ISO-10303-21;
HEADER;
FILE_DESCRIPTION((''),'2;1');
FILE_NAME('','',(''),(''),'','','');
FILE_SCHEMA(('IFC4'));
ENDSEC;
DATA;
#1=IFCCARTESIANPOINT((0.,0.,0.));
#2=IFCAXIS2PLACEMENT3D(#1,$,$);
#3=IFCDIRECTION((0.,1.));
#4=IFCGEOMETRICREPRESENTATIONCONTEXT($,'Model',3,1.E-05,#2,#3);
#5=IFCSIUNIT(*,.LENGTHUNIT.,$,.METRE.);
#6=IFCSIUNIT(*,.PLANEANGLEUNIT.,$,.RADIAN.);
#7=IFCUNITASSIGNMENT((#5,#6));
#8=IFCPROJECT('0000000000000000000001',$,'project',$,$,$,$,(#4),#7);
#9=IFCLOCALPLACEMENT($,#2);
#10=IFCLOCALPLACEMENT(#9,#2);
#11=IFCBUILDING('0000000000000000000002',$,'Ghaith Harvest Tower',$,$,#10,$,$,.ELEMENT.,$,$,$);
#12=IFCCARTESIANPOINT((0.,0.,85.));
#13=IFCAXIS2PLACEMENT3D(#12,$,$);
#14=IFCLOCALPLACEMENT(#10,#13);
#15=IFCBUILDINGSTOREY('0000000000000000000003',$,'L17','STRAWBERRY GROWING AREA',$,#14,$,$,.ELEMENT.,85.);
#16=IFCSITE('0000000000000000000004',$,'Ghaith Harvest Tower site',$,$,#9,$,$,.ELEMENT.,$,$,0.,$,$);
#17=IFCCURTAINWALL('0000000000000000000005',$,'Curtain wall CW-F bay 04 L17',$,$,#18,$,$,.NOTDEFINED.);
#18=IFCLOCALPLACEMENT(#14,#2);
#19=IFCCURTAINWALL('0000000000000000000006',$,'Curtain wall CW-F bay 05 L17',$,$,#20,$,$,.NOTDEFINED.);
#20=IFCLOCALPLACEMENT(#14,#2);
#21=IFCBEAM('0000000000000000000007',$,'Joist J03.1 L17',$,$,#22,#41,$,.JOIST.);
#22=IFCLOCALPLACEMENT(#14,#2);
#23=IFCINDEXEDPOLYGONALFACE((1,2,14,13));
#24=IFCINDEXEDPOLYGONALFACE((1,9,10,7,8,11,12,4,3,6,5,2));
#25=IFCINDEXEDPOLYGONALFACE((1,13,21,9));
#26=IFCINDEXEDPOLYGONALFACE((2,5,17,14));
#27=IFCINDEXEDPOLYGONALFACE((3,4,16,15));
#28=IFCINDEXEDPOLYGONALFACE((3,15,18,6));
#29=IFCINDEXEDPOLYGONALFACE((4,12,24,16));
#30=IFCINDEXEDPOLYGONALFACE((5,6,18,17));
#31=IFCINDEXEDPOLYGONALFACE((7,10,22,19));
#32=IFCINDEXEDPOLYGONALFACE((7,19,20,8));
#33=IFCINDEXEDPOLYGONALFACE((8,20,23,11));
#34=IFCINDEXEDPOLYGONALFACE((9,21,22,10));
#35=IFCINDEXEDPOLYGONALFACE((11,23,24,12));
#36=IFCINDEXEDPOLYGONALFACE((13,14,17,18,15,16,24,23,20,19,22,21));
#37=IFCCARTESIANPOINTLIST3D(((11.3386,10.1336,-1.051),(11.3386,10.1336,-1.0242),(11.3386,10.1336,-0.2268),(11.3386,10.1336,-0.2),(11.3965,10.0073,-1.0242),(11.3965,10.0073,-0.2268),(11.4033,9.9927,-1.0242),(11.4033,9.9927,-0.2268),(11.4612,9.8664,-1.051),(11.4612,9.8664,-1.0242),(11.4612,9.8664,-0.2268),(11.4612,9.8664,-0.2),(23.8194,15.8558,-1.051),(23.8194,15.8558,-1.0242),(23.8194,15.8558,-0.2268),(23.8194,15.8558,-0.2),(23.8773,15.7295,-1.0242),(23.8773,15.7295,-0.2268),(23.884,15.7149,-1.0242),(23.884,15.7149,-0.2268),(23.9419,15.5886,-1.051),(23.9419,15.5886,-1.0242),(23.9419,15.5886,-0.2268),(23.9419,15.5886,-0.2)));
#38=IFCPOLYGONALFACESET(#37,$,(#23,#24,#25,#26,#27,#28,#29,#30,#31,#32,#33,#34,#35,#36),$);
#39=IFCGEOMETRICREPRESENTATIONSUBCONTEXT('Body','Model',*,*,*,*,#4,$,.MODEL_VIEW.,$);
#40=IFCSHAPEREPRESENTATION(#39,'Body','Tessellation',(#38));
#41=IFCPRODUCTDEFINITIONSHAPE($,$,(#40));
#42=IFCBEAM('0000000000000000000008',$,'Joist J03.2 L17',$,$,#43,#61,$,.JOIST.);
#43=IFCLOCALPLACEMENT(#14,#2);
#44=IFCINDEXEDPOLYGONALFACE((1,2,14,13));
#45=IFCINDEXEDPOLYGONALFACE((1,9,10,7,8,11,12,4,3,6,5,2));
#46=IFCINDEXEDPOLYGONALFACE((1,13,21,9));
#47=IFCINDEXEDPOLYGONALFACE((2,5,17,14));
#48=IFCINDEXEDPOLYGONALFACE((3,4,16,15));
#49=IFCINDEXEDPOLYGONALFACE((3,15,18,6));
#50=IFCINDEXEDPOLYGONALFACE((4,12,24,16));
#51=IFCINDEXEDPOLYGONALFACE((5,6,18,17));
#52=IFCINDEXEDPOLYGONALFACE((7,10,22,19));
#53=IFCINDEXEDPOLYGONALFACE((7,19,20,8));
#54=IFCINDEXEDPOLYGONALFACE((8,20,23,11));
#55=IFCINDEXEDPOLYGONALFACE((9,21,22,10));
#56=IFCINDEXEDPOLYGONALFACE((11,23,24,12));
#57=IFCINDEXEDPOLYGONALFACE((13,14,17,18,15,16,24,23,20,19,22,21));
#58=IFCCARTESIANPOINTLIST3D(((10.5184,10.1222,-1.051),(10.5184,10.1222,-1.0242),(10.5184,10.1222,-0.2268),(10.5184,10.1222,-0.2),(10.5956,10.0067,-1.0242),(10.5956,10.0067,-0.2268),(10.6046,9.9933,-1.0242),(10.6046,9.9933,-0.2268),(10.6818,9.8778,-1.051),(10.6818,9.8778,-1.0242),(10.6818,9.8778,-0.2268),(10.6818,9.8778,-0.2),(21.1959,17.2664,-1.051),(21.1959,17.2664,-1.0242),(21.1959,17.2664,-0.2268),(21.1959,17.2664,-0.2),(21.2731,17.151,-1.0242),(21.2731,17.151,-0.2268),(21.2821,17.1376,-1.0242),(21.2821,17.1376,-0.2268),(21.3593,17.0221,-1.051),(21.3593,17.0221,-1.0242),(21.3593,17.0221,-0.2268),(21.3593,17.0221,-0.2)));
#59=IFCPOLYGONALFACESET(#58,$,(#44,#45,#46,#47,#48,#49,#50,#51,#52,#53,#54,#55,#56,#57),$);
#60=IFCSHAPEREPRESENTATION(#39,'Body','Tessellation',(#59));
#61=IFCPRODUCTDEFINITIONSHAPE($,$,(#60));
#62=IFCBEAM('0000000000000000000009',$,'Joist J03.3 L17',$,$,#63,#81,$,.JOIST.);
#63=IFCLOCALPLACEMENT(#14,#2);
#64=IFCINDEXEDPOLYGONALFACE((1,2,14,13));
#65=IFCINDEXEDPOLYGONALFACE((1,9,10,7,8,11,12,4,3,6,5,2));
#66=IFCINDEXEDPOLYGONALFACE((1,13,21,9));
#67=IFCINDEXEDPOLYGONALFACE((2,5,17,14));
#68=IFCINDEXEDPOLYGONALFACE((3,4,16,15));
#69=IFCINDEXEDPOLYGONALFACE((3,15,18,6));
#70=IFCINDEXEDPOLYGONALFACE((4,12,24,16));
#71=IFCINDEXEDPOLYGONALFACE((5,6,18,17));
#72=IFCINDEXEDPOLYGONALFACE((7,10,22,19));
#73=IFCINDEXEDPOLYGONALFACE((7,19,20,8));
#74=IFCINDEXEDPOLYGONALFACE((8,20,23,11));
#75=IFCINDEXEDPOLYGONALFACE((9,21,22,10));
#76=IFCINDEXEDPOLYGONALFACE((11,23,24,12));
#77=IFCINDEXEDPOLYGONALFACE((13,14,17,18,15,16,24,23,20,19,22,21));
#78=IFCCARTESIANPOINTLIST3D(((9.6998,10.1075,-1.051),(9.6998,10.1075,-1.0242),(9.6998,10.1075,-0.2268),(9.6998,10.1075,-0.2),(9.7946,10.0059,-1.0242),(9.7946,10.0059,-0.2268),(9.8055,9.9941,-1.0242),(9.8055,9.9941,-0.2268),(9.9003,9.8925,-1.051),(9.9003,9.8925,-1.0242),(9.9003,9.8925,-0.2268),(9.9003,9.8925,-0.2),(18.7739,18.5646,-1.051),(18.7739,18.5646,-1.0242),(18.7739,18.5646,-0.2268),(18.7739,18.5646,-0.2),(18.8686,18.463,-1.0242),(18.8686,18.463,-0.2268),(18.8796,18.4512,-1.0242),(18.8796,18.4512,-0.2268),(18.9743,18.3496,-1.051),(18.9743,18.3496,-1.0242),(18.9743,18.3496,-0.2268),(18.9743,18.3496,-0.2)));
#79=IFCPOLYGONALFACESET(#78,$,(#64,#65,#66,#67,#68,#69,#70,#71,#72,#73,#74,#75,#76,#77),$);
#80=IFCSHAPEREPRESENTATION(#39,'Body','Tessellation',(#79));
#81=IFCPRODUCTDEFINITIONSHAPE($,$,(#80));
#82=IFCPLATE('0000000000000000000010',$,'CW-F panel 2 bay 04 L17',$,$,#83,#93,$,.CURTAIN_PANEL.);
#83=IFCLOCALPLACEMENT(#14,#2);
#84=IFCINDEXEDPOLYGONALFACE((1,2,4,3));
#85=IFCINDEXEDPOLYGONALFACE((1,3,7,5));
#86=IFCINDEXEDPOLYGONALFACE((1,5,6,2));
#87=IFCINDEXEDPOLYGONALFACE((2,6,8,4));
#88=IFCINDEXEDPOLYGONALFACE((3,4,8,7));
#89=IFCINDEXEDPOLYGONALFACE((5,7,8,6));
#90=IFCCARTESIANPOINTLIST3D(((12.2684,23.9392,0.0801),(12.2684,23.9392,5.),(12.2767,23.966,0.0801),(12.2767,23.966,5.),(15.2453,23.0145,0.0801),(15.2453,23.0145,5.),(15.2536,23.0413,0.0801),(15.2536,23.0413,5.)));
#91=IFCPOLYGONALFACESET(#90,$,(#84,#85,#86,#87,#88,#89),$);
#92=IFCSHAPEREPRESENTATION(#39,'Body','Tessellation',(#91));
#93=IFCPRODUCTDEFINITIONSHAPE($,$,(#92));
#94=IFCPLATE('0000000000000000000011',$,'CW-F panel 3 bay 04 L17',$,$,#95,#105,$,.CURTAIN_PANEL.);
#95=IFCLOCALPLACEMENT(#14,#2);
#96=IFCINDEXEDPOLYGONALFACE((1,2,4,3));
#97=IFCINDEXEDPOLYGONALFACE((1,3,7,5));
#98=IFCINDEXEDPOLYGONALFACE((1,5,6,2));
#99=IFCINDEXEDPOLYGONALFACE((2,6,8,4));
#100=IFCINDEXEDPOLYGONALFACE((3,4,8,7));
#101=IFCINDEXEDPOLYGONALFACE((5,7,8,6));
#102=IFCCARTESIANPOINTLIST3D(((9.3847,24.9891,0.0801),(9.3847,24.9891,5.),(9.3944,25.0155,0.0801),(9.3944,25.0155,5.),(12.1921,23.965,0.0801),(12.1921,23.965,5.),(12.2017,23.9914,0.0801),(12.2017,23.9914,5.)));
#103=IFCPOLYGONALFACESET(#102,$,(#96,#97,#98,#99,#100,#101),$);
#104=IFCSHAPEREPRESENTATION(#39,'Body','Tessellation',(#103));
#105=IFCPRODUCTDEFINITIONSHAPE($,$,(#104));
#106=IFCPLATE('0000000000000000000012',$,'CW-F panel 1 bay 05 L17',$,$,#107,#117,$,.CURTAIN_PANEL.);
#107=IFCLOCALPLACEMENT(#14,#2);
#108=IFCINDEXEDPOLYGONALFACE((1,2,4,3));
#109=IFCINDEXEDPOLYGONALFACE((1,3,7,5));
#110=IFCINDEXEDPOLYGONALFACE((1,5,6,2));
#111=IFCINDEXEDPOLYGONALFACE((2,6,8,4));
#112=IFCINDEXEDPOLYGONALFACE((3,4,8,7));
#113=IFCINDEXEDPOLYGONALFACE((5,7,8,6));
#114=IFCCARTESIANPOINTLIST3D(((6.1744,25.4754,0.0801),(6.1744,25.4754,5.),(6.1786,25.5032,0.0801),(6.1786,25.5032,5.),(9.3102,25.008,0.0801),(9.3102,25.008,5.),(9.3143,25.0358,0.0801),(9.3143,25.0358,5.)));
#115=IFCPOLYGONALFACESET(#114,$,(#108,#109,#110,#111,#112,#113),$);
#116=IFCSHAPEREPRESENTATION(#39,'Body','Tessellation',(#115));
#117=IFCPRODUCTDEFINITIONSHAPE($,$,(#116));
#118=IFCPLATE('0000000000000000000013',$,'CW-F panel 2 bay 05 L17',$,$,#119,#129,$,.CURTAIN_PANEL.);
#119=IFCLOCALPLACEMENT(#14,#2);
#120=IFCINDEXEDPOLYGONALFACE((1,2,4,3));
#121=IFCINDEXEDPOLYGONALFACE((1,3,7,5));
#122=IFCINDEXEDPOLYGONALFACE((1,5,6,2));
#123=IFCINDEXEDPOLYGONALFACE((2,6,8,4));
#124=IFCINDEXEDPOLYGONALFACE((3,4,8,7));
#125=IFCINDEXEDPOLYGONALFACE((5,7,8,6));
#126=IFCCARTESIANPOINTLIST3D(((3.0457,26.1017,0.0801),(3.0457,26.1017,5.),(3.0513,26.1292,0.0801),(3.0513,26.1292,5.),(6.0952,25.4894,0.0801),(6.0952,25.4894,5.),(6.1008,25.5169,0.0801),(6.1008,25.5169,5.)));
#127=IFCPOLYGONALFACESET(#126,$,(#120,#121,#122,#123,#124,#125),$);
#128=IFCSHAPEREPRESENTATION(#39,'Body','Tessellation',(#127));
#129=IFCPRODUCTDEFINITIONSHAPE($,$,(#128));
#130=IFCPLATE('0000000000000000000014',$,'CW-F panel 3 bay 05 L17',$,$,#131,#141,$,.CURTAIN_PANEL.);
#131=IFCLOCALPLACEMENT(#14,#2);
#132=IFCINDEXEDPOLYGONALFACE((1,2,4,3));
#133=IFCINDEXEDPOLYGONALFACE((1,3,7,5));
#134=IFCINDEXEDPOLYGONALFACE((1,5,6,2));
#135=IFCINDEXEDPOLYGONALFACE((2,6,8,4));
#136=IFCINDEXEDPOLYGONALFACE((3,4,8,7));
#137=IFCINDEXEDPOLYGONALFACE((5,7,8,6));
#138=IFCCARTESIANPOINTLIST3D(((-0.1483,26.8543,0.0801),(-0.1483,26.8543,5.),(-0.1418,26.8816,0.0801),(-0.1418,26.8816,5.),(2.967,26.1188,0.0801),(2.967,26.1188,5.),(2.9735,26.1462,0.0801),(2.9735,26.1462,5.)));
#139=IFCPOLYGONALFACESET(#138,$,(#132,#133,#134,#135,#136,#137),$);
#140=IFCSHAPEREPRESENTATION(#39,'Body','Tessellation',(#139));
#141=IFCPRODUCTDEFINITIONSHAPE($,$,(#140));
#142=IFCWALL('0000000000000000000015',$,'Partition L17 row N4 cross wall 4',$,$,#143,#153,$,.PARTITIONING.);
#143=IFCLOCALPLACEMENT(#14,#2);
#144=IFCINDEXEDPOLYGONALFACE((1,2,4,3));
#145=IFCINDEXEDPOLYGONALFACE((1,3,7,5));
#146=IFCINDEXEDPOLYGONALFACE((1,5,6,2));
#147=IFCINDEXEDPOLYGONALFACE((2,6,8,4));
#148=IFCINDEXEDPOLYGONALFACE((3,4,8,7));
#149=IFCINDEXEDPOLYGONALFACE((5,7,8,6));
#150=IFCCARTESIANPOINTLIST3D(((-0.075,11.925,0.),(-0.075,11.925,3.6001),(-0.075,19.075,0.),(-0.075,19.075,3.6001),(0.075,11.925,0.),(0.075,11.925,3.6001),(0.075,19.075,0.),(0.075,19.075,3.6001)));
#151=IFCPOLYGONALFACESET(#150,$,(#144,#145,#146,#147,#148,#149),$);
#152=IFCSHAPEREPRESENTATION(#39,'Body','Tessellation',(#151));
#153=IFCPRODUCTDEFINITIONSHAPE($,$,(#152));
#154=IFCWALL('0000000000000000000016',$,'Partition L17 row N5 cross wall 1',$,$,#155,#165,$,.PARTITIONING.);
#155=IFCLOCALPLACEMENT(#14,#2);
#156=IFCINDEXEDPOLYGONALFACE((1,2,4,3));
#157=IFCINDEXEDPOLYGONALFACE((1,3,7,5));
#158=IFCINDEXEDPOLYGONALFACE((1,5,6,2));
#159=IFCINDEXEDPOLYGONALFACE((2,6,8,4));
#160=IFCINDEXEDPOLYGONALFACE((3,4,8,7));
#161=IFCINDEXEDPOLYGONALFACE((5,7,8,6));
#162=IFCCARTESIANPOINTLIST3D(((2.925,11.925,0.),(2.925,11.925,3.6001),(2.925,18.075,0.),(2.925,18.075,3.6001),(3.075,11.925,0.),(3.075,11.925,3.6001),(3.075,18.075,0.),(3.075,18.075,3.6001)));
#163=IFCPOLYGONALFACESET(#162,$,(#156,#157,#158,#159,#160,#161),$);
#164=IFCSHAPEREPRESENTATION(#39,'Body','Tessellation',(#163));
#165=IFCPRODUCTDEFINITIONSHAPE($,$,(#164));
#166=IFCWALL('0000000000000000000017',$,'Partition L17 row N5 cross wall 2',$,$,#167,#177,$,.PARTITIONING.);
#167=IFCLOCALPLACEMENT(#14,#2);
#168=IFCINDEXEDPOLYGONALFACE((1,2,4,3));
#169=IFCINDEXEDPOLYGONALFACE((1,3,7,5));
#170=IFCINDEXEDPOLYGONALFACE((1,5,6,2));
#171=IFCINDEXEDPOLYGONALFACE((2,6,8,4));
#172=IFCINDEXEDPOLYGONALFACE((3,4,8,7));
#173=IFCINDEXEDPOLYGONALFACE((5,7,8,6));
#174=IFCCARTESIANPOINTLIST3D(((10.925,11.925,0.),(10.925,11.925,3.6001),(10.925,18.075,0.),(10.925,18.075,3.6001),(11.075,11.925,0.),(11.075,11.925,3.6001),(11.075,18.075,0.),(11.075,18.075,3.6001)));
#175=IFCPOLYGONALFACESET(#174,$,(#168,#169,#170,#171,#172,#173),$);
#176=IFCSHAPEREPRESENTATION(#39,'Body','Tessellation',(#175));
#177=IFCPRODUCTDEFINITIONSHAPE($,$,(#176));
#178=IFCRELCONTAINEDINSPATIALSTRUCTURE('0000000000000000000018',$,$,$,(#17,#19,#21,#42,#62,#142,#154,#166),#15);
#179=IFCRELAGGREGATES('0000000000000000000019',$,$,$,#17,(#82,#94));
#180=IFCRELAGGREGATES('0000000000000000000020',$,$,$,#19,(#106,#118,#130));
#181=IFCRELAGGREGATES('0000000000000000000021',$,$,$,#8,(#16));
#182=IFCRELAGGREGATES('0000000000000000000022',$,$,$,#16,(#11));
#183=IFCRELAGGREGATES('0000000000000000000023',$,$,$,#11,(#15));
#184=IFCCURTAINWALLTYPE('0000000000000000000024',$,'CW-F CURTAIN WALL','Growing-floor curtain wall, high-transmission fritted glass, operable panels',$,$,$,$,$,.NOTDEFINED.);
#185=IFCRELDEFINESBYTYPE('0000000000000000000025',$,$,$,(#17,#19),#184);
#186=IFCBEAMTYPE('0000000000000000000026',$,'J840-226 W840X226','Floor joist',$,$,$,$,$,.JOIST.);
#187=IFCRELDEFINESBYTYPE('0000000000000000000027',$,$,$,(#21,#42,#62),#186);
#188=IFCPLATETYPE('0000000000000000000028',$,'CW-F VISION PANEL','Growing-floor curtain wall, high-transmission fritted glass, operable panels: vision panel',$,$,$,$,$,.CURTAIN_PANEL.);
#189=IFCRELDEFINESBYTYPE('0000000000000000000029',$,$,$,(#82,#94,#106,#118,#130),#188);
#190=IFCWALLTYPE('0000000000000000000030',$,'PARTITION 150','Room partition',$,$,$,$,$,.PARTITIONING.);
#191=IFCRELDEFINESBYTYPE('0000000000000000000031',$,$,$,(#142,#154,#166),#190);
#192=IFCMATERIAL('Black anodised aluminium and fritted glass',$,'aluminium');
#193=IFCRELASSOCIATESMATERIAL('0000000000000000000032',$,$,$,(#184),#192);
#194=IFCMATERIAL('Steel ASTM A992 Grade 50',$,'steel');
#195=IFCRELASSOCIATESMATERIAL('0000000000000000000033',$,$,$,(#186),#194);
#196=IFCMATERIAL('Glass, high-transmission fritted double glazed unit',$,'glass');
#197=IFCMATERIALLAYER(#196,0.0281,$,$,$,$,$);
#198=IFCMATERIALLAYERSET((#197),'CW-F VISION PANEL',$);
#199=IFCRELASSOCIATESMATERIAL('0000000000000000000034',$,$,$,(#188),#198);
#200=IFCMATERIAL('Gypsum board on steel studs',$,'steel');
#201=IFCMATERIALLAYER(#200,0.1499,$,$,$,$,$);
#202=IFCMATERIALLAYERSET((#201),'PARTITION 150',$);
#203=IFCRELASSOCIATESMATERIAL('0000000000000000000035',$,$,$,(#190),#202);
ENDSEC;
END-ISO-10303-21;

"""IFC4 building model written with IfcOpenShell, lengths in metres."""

from ifc_helpers import new_model, si_unit, direction, frame, frame_2d, origin, origin_2d, place, context, subcontext, project, spatial, rectangle, i_section, extrude, material, layer, layer_set, material_profile, profile_set, type_object, element, aggregate, save


model = new_model("IFC4")

# Units and contexts
model_context = context("Model", 3, precision=1e-05, world=origin(), true_north=direction((0.0, 1.0)))
body_context = subcontext(model_context, "Body", "Model", "MODEL_VIEW")
ifc_project = project(units=[si_unit("LENGTHUNIT", "METRE"), si_unit("PLANEANGLEUNIT", "RADIAN")], contexts=[model_context])

# Site, building, storey
site_placement = place(None, origin())
site = spatial("IfcSite", under=ifc_project, at=site_placement, Name="Ghaith Harvest Tower site", CompositionType="ELEMENT", RefElevation=0.0)
building_placement = place(site_placement, origin())
building = spatial("IfcBuilding", under=site, at=building_placement, Name="Ghaith Harvest Tower", CompositionType="ELEMENT")
storey_placement = place(building_placement, frame((0.0, 0.0, 85.0)))
storey = spatial("IfcBuildingStorey", under=building, at=storey_placement, Name="L17", Description="STRAWBERRY GROWING AREA", CompositionType="ELEMENT", Elevation=85.0)

# Curtain wall
ifc_material_1 = material(Name="Black anodised aluminium and fritted glass", Category="aluminium")
curtain_wall_type = type_object("IfcCurtainWallType", Name="CW-F CURTAIN WALL", Description="Growing-floor curtain wall, high-transmission fritted glass, operable panels", PredefinedType="NOTDEFINED", material=ifc_material_1)
curtain_wall_1_placement = place(storey_placement, origin())
curtain_wall_1 = element("IfcCurtainWall", 1, at=curtain_wall_1_placement, inside=storey, type_object=curtain_wall_type, Name="Curtain wall CW-F bay 04 L17", PredefinedType="NOTDEFINED")

# Curtain wall
curtain_wall_2_placement = place(storey_placement, origin())
curtain_wall_2 = element("IfcCurtainWall", 2, at=curtain_wall_2_placement, inside=storey, type_object=curtain_wall_type, Name="Curtain wall CW-F bay 05 L17", PredefinedType="NOTDEFINED")

# Beams
ifc_material_2 = material(Name="Steel ASTM A992 Grade 50", Category="steel")
ifc_material_profile_1 = material_profile(ifc_material_2, i_section(OverallWidth=0.2939, OverallDepth=0.8511, WebThickness=0.0161, FlangeThickness=0.0269, at=origin_2d()), Name="W840X226")
ifc_profile_set_1 = profile_set([ifc_material_profile_1], Name="Steel ASTM A992 Grade 50")
beam_type_1 = type_object("IfcBeamType", Name="J840-226 W840X226", Description="Floor joist", PredefinedType="JOIST", material=ifc_profile_set_1)
beam_1_placement = place(storey_placement, frame((11.3999, 10.0, -0.6255), z_axis=(0.909014, 0.416766, 0.0), x_axis=(-0.416766, 0.909014, 0.0)))
element("IfcBeam", 3, at=beam_1_placement, inside=storey, type_object=beam_type_1, Name="Joist J03.1 L17", PredefinedType="JOIST", context=body_context, shape_type="SweptSolid", body=[
    extrude(i_section(OverallWidth=0.2939, OverallDepth=0.8511, WebThickness=0.0161, FlangeThickness=0.0269, at=origin_2d()), origin(), (0.0, 0.0, 1.0), 13.73),
])
beam_2_placement = place(storey_placement, frame((10.6001, 10.0, -0.6255), z_axis=(0.831116, 0.556098, 0.0), x_axis=(-0.556098, 0.831116, 0.0)))
element("IfcBeam", 4, at=beam_2_placement, inside=storey, type_object=beam_type_1, Name="Joist J03.2 L17", PredefinedType="JOIST", context=body_context, shape_type="SweptSolid", body=[
    extrude(i_section(OverallWidth=0.2939, OverallDepth=0.8511, WebThickness=0.0161, FlangeThickness=0.0269, at=origin_2d()), origin(), (0.0, 0.0, 1.0), 12.8472),
])
beam_3_placement = place(storey_placement, frame((9.8, 10.0, -0.6255), z_axis=(0.731538, 0.681801, 0.0), x_axis=(-0.681801, 0.731538, 0.0)))
element("IfcBeam", 5, at=beam_3_placement, inside=storey, type_object=beam_type_1, Name="Joist J03.3 L17", PredefinedType="JOIST", context=body_context, shape_type="SweptSolid", body=[
    extrude(i_section(OverallWidth=0.2939, OverallDepth=0.8511, WebThickness=0.0161, FlangeThickness=0.0269, at=origin_2d()), origin(), (0.0, 0.0, 1.0), 12.4041),
])

# Plates
ifc_material_3 = material(Name="Glass, high-transmission fritted double glazed unit", Category="glass")
ifc_layer_1 = layer(ifc_material_3, 0.0281)
ifc_layer_set_1 = layer_set([ifc_layer_1], Name="CW-F VISION PANEL")
plate_type = type_object("IfcPlateType", Name="CW-F VISION PANEL", Description="Growing-floor curtain wall, high-transmission fritted glass, operable panels: vision panel", PredefinedType="CURTAIN_PANEL", material=ifc_layer_set_1)
plate_1_placement = place(storey_placement, frame((13.761, 23.4902, 0.0801), z_axis=(0.0, 0.0, 1.0), x_axis=(-0.954988, 0.296644, 0.0)))
plate_1 = element("IfcPlate", 6, at=plate_1_placement, type_object=plate_type, Name="CW-F panel 2 bay 04 L17", PredefinedType="CURTAIN_PANEL", context=body_context, shape_type="SweptSolid", body=[
    extrude(rectangle(XDim=3.1172, YDim=0.0281, at=origin_2d()), origin(), (0.0, 0.0, 1.0), 4.9199),
])
plate_2_placement = place(storey_placement, frame((10.7932, 24.4902, 0.0801), z_axis=(0.0, 0.0, 1.0), x_axis=(-0.939438, 0.342718, 0.0)))
plate_2 = element("IfcPlate", 7, at=plate_2_placement, type_object=plate_type, Name="CW-F panel 3 bay 04 L17", PredefinedType="CURTAIN_PANEL", context=body_context, shape_type="SweptSolid", body=[
    extrude(rectangle(XDim=2.9883, YDim=0.0281, at=origin_2d()), origin(), (0.0, 0.0, 1.0), 4.9199),
])
aggregate(curtain_wall_1, [plate_1, plate_2])
plate_3_placement = place(storey_placement, frame((7.7444, 25.2556, 0.0801), z_axis=(0.0, 0.0, 1.0), x_axis=(-0.989074, 0.147418, 0.0)))
plate_3 = element("IfcPlate", 8, at=plate_3_placement, type_object=plate_type, Name="CW-F panel 1 bay 05 L17", PredefinedType="CURTAIN_PANEL", context=body_context, shape_type="SweptSolid", body=[
    extrude(rectangle(XDim=3.1704, YDim=0.0281, at=origin_2d()), origin(), (0.0, 0.0, 1.0), 4.9199),
])
plate_4_placement = place(storey_placement, frame((4.5732, 25.8093, 0.0801), z_axis=(0.0, 0.0, 1.0), x_axis=(-0.980432, 0.196856, 0.0)))
plate_4 = element("IfcPlate", 9, at=plate_4_placement, type_object=plate_type, Name="CW-F panel 2 bay 05 L17", PredefinedType="CURTAIN_PANEL", context=body_context, shape_type="SweptSolid", body=[
    extrude(rectangle(XDim=3.1104, YDim=0.0281, at=origin_2d()), origin(), (0.0, 0.0, 1.0), 4.9199),
])
plate_5_placement = place(storey_placement, frame((1.4126, 26.5002, 0.0801), z_axis=(0.0, 0.0, 1.0), x_axis=(-0.973246, 0.229766, 0.0)))
plate_5 = element("IfcPlate", 10, at=plate_5_placement, type_object=plate_type, Name="CW-F panel 3 bay 05 L17", PredefinedType="CURTAIN_PANEL", context=body_context, shape_type="SweptSolid", body=[
    extrude(rectangle(XDim=3.2009, YDim=0.0281, at=origin_2d()), origin(), (0.0, 0.0, 1.0), 4.9199),
])
aggregate(curtain_wall_2, [plate_3, plate_4, plate_5])

# Walls
ifc_material_4 = material(Name="Gypsum board on steel studs", Category="steel")
ifc_layer_2 = layer(ifc_material_4, 0.1499)
ifc_layer_set_2 = layer_set([ifc_layer_2], Name="PARTITION 150")
wall_type = type_object("IfcWallType", Name="PARTITION 150", Description="Room partition", PredefinedType="PARTITIONING", material=ifc_layer_set_2)
wall_1_placement = place(storey_placement, frame((0.0, 11.925, 0.0), z_axis=(0.0, 0.0, 1.0), x_axis=(0.0, 1.0, 0.0)))
element("IfcWall", 11, at=wall_1_placement, inside=storey, type_object=wall_type, Name="Partition L17 row N4 cross wall 4", PredefinedType="PARTITIONING", context=body_context, shape_type="SweptSolid", body=[
    extrude(rectangle(XDim=7.1499, YDim=0.1499, at=frame_2d((3.575, 0.0))), origin(), (0.0, 0.0, 1.0), 3.6001),
])
for number, where, z_axis, x_axis, name in (
    (12, (3.0, 11.925, 0.0), (0.0, 0.0, 1.0), (0.0, 1.0, 0.0), "Partition L17 row N5 cross wall 1"),
    (13, (11.0, 11.925, 0.0), (0.0, 0.0, 1.0), (0.0, 1.0, 0.0), "Partition L17 row N5 cross wall 2"),
):
    element("IfcWall", number, at=place(storey_placement, frame(where, z_axis=z_axis, x_axis=x_axis)), inside=storey, type_object=wall_type, Name=name, PredefinedType="PARTITIONING", context=body_context, shape_type="SweptSolid", body=[
        extrude(rectangle(XDim=6.1499, YDim=0.1499, at=frame_2d((3.075, 0.0))), origin(), (0.0, 0.0, 1.0), 3.6001),
    ])

save(model, "model.ifc")
